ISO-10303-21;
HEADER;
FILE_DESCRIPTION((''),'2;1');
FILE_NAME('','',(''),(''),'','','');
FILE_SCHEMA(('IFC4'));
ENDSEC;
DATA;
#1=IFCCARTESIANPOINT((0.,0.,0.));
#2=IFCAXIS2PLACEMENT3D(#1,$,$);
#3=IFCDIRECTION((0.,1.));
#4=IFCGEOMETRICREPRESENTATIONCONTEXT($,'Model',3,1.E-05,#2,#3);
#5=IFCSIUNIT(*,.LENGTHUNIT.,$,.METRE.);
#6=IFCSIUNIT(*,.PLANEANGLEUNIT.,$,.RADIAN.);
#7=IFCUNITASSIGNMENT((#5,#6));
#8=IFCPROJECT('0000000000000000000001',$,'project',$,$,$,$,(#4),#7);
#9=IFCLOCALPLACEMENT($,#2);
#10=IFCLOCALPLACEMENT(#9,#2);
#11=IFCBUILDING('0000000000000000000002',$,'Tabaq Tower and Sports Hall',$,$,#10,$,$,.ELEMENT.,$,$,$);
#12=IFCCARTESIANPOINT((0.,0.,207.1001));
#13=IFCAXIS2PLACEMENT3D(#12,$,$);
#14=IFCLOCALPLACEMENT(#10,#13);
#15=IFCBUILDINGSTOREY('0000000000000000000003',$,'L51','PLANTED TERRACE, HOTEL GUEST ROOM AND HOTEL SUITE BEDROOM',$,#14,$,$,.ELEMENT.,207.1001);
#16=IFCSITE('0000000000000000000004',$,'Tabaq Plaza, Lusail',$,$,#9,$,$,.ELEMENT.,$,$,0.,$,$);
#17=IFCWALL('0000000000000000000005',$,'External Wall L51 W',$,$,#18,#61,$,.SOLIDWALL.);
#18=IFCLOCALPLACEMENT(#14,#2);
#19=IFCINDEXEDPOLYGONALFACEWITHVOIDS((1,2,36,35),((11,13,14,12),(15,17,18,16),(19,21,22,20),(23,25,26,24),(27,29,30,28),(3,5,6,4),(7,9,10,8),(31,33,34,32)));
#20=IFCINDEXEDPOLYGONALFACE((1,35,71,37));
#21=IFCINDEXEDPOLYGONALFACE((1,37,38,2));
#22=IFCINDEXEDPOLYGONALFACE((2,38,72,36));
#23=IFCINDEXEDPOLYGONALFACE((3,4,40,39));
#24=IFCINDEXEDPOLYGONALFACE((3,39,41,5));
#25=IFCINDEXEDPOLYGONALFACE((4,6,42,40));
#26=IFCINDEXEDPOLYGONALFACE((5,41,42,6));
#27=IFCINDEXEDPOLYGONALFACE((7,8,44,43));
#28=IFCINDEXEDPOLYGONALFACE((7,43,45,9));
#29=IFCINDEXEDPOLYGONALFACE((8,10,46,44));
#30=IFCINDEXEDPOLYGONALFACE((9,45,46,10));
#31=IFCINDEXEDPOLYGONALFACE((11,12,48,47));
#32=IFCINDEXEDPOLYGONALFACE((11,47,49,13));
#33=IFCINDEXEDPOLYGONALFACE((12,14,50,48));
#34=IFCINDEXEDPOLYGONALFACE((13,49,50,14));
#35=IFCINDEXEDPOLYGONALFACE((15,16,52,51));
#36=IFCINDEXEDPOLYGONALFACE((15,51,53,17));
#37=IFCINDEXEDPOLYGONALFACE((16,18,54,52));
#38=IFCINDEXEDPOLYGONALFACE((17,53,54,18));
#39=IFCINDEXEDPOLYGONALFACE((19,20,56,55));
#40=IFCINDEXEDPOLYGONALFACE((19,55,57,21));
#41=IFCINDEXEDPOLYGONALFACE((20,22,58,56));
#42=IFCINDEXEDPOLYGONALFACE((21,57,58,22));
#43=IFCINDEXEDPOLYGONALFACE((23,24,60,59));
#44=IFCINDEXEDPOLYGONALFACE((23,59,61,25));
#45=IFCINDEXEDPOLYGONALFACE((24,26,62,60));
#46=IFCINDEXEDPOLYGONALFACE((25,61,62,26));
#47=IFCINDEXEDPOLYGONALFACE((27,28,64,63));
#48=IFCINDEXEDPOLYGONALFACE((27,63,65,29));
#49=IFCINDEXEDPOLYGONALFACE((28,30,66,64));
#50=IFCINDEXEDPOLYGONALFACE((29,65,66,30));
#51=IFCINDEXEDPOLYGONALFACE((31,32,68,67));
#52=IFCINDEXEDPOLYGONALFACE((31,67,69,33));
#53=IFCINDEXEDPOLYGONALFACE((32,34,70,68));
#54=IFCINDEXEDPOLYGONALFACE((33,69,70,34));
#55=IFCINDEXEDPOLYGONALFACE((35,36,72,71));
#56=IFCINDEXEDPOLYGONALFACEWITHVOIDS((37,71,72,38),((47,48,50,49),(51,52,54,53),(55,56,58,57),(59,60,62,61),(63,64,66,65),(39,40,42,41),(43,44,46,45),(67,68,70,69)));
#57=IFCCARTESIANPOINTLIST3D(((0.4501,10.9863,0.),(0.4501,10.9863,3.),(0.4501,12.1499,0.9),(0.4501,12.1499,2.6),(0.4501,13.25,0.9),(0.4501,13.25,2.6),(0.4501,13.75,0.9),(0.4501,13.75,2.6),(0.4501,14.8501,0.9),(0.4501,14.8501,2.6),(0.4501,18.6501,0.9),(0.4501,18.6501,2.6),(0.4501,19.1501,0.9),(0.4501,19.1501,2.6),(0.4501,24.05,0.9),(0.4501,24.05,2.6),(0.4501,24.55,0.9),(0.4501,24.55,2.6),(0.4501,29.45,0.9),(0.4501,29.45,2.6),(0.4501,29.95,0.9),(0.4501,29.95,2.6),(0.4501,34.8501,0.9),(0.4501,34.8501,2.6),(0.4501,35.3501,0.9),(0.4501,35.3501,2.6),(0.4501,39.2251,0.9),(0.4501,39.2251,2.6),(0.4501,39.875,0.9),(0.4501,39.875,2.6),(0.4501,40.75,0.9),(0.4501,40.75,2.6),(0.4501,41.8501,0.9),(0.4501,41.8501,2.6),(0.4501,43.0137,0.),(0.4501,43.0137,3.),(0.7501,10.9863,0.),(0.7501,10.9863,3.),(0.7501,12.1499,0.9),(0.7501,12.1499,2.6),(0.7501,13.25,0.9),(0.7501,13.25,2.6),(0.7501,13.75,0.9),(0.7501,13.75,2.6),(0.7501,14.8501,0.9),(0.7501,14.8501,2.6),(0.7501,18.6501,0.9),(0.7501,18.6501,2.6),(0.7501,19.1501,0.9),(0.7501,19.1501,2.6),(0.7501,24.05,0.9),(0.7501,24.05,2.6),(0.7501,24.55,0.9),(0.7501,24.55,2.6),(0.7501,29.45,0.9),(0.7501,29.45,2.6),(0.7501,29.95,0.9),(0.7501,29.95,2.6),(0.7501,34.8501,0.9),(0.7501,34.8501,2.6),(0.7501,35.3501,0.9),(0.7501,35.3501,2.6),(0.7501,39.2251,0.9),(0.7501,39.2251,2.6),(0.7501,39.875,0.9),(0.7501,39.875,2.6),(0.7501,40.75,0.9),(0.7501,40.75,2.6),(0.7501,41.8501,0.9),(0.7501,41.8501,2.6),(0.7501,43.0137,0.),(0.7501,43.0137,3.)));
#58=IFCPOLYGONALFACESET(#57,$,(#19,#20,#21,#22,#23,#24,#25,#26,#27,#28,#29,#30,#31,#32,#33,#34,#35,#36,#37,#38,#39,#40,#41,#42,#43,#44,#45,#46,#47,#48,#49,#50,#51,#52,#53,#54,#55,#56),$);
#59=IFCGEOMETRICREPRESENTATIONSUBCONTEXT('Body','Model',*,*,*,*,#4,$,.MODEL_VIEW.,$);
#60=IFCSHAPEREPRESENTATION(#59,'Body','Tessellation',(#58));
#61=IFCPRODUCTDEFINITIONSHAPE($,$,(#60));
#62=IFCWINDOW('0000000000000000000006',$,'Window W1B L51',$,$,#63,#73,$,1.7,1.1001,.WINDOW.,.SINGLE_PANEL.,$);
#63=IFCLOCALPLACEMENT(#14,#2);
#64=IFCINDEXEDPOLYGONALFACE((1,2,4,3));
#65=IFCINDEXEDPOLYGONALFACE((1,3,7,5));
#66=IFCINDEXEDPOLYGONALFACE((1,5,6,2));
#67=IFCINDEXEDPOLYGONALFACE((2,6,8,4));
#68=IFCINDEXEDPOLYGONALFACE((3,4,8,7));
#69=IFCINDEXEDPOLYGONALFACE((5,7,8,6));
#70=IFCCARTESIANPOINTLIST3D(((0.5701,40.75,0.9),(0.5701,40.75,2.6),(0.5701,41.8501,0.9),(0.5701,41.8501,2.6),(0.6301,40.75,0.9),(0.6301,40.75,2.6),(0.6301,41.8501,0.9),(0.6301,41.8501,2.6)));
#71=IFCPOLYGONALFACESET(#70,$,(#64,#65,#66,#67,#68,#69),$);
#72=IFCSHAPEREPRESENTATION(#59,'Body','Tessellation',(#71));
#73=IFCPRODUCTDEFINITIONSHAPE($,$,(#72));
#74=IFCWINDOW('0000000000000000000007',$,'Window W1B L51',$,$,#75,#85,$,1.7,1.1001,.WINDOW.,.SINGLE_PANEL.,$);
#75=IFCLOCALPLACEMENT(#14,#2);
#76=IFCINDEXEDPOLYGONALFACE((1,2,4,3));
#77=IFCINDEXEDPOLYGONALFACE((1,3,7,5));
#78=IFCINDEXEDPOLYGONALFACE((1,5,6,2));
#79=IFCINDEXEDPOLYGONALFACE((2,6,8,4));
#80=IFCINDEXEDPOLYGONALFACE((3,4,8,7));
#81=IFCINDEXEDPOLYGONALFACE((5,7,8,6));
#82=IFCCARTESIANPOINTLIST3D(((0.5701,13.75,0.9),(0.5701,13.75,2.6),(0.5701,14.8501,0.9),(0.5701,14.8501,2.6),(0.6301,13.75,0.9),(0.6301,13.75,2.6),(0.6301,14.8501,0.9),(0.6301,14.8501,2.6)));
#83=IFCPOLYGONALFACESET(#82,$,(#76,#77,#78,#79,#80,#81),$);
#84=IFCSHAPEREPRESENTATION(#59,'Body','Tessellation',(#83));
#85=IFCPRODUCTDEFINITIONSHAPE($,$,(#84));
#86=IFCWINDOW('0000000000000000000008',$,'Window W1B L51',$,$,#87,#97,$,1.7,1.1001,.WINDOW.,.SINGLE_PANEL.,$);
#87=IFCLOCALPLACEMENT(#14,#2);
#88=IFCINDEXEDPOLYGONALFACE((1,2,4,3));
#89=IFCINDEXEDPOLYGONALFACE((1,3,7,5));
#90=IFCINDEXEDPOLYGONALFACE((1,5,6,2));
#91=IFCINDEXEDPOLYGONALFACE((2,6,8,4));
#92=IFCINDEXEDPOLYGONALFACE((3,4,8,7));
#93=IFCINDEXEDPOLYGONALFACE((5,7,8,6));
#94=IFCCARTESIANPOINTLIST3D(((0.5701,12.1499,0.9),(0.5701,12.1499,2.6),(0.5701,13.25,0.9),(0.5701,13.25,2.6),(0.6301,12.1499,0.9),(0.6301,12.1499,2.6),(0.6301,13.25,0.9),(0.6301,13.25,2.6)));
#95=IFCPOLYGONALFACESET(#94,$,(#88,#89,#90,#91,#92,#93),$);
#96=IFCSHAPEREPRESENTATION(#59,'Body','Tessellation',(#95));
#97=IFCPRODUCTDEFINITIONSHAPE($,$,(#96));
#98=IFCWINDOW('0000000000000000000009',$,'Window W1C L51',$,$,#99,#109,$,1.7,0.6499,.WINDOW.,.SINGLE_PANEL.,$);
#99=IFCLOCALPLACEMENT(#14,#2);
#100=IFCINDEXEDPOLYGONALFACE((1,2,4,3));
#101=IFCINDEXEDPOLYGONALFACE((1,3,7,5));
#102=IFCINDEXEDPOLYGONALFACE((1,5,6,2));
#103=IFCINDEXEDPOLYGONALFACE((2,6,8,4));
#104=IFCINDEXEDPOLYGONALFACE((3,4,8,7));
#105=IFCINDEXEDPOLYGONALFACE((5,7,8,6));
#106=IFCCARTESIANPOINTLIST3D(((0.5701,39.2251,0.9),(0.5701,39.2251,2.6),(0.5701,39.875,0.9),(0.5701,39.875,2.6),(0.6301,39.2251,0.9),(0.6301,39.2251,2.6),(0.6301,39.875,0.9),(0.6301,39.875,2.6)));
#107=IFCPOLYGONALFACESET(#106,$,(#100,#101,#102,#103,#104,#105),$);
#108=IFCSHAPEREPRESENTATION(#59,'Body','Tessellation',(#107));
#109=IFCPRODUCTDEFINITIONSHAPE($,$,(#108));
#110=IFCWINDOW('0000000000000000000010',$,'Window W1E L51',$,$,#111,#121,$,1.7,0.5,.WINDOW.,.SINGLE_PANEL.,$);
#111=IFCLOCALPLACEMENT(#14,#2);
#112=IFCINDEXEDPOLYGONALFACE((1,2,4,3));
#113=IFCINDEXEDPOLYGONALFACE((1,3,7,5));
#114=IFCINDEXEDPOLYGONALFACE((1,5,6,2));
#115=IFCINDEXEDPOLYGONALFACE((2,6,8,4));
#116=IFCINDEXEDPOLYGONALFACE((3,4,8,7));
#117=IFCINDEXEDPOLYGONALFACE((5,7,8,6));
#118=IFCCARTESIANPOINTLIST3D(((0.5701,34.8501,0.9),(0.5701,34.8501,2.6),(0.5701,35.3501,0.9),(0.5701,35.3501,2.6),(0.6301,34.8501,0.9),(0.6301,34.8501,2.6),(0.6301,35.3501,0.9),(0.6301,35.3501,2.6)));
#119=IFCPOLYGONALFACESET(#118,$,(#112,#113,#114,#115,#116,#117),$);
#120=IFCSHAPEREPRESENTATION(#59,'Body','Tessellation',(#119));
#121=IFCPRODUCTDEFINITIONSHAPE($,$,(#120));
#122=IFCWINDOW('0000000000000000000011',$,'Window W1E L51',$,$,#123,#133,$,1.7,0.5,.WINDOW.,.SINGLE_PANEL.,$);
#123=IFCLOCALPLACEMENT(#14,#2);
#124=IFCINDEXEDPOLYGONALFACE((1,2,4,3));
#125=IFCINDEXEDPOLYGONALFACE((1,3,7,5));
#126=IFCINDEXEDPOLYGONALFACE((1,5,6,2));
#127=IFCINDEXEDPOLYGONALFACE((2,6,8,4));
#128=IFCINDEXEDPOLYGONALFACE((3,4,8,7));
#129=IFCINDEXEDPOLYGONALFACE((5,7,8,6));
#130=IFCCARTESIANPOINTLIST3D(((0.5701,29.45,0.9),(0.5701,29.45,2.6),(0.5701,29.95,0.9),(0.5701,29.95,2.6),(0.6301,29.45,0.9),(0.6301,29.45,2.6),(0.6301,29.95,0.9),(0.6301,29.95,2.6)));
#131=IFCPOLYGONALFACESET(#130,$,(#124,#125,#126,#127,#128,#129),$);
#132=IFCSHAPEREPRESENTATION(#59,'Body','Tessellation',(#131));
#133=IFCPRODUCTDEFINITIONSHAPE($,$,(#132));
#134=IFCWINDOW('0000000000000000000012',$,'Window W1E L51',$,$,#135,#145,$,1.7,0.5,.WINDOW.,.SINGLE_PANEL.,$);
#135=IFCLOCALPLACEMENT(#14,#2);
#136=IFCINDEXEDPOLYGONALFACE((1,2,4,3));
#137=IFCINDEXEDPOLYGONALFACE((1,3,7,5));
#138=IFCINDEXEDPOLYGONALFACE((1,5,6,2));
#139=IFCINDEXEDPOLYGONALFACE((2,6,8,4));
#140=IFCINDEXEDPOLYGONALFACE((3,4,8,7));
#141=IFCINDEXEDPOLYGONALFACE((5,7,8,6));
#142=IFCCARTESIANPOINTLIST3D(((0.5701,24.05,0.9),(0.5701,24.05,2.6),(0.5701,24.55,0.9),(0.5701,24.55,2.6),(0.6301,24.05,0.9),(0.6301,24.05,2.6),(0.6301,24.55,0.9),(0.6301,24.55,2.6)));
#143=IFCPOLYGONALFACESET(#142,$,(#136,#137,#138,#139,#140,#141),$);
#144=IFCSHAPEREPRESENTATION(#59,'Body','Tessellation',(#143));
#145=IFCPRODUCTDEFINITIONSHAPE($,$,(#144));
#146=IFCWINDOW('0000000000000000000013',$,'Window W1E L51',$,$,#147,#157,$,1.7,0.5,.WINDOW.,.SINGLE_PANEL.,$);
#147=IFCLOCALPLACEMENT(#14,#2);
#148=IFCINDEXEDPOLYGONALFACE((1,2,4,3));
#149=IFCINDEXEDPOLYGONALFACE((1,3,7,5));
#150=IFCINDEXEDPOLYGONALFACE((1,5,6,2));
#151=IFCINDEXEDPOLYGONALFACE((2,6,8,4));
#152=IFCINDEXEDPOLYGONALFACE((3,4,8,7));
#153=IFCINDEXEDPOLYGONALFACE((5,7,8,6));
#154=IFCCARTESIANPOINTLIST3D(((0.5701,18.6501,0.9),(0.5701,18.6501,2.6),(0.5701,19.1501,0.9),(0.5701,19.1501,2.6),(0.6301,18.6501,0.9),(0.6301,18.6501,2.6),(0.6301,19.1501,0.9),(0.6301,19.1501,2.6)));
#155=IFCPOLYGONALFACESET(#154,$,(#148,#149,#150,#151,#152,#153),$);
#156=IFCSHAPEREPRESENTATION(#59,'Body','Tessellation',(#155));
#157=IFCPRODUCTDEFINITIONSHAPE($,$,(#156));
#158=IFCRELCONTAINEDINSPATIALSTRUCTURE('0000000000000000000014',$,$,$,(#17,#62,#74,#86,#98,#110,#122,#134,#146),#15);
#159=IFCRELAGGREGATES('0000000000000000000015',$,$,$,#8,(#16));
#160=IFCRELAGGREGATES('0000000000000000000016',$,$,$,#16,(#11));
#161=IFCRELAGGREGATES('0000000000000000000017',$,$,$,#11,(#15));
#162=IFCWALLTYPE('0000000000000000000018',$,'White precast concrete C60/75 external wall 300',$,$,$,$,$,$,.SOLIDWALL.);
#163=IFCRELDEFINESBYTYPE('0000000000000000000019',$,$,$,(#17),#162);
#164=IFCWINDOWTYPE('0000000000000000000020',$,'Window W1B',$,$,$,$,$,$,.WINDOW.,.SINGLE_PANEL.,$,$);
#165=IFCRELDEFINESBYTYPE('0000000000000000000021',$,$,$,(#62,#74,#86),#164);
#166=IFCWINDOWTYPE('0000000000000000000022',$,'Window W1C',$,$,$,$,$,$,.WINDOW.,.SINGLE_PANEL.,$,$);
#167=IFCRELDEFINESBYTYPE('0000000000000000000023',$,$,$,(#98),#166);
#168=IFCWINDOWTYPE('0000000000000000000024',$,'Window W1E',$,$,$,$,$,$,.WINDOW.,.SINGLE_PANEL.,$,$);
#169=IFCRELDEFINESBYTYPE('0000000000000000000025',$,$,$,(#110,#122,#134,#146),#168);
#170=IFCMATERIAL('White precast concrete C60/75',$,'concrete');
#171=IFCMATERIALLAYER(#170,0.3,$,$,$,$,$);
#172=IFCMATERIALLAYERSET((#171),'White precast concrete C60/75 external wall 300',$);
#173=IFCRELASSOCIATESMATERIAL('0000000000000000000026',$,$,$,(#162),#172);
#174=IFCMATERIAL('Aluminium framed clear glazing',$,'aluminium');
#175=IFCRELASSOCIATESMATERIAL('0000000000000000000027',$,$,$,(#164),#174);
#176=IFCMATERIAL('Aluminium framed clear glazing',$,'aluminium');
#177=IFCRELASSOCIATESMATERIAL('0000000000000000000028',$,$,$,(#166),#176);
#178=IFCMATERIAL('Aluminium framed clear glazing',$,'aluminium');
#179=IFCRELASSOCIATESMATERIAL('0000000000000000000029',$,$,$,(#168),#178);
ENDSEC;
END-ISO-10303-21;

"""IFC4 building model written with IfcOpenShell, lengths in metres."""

from ifc_helpers import new_model, si_unit, direction, frame, frame_2d, origin, place, context, subcontext, project, spatial, rectangle, extrude, material, layer, layer_set, type_object, element, fill, save


model = new_model("IFC4")

# Units and contexts
model_context = context("Model", 3, precision=1e-05, world=origin(), true_north=direction((0.0, 1.0)))
body_context = subcontext(model_context, "Body", "Model", "MODEL_VIEW")
ifc_project = project(units=[si_unit("LENGTHUNIT", "METRE"), si_unit("PLANEANGLEUNIT", "RADIAN")], contexts=[model_context])

# Site, building, storey
site_placement = place(None, origin())
site = spatial("IfcSite", under=ifc_project, at=site_placement, Name="Tabaq Plaza, Lusail", CompositionType="ELEMENT", RefElevation=0.0)
building_placement = place(site_placement, origin())
building = spatial("IfcBuilding", under=site, at=building_placement, Name="Tabaq Tower and Sports Hall", CompositionType="ELEMENT")
storey_placement = place(building_placement, frame((0.0, 0.0, 207.1001)))
storey = spatial("IfcBuildingStorey", under=building, at=storey_placement, Name="L51", Description="PLANTED TERRACE, HOTEL GUEST ROOM AND HOTEL SUITE BEDROOM", CompositionType="ELEMENT", Elevation=207.1001)

# Wall, openings, windows
ifc_material_1 = material(Name="White precast concrete C60/75", Category="concrete")
ifc_layer_1 = layer(ifc_material_1, 0.3)
ifc_layer_set_1 = layer_set([ifc_layer_1], Name="White precast concrete C60/75 external wall 300")
wall_type_1 = type_object("IfcWallType", Name="White precast concrete C60/75 external wall 300", PredefinedType="SOLIDWALL", material=ifc_layer_set_1)
wall_1_placement = place(storey_placement, frame((0.6001, 43.0137, 0.0), z_axis=(0.0, 0.0, 1.0), x_axis=(0.0, -1.0, 0.0)))
wall_1 = element("IfcWall", 1, at=wall_1_placement, inside=storey, type_object=wall_type_1, Name="External Wall L51 W", PredefinedType="SOLIDWALL", context=body_context, shape_type="SweptSolid", body=[
    extrude(rectangle(XDim=32.0273, YDim=0.3, at=frame_2d((16.0137, 0.0))), origin(), (0.0, 0.0, 1.0), 3.0),
])
opening_1_placement = place(wall_1_placement, frame((1.1636, 0.0, 0.8999)))
opening_1 = element("IfcOpeningElement", 2, at=opening_1_placement, cuts=wall_1, PredefinedType="OPENING", context=body_context, shape_type="SweptSolid", body=[
    extrude(rectangle(XDim=1.1001, YDim=1.7, at=frame_2d((0.55, 0.8501))), frame((0.0, 0.1602, 0.0), z_axis=(0.0, -1.0, 0.0), x_axis=(1.0, 0.0, 0.0)), (0.0, 0.0, 1.0), 0.3201),
])
opening_2_placement = place(wall_1_placement, frame((3.1387, 0.0, 0.8999)))
opening_2 = element("IfcOpeningElement", 3, at=opening_2_placement, cuts=wall_1, PredefinedType="OPENING", context=body_context, shape_type="SweptSolid", body=[
    extrude(rectangle(XDim=0.6499, YDim=1.7, at=frame_2d((0.325, 0.8501))), frame((0.0, 0.1602, 0.0), z_axis=(0.0, -1.0, 0.0), x_axis=(1.0, 0.0, 0.0)), (0.0, 0.0, 1.0), 0.3201),
])
opening_3_placement = place(wall_1_placement, frame((7.6636, 0.0, 0.8999)))
opening_3 = element("IfcOpeningElement", 4, at=opening_3_placement, cuts=wall_1, PredefinedType="OPENING", context=body_context, shape_type="SweptSolid", body=[
    extrude(rectangle(XDim=0.5, YDim=1.7, at=frame_2d((0.25, 0.8501))), frame((0.0, 0.1602, 0.0), z_axis=(0.0, -1.0, 0.0), x_axis=(1.0, 0.0, 0.0)), (0.0, 0.0, 1.0), 0.3201),
])
opening_4_placement = place(wall_1_placement, frame((13.0637, 0.0, 0.8999)))
opening_4 = element("IfcOpeningElement", 5, at=opening_4_placement, cuts=wall_1, PredefinedType="OPENING", context=body_context, shape_type="SweptSolid", body=[
    extrude(rectangle(XDim=0.5, YDim=1.7, at=frame_2d((0.25, 0.8501))), frame((0.0, 0.1602, 0.0), z_axis=(0.0, -1.0, 0.0), x_axis=(1.0, 0.0, 0.0)), (0.0, 0.0, 1.0), 0.3201),
])
opening_5_placement = place(wall_1_placement, frame((18.4636, 0.0, 0.8999)))
opening_5 = element("IfcOpeningElement", 6, at=opening_5_placement, cuts=wall_1, PredefinedType="OPENING", context=body_context, shape_type="SweptSolid", body=[
    extrude(rectangle(XDim=0.5, YDim=1.7, at=frame_2d((0.25, 0.8501))), frame((0.0, 0.1602, 0.0), z_axis=(0.0, -1.0, 0.0), x_axis=(1.0, 0.0, 0.0)), (0.0, 0.0, 1.0), 0.3201),
])
opening_6_placement = place(wall_1_placement, frame((23.8635, 0.0, 0.8999)))
opening_6 = element("IfcOpeningElement", 7, at=opening_6_placement, cuts=wall_1, PredefinedType="OPENING", context=body_context, shape_type="SweptSolid", body=[
    extrude(rectangle(XDim=0.5, YDim=1.7, at=frame_2d((0.25, 0.8501))), frame((0.0, 0.1602, 0.0), z_axis=(0.0, -1.0, 0.0), x_axis=(1.0, 0.0, 0.0)), (0.0, 0.0, 1.0), 0.3201),
])
opening_7_placement = place(wall_1_placement, frame((28.1636, 0.0, 0.8999)))
opening_7 = element("IfcOpeningElement", 8, at=opening_7_placement, cuts=wall_1, PredefinedType="OPENING", context=body_context, shape_type="SweptSolid", body=[
    extrude(rectangle(XDim=1.1001, YDim=1.7, at=frame_2d((0.55, 0.8501))), frame((0.0, 0.1602, 0.0), z_axis=(0.0, -1.0, 0.0), x_axis=(1.0, 0.0, 0.0)), (0.0, 0.0, 1.0), 0.3201),
])
opening_8_placement = place(wall_1_placement, frame((29.7637, 0.0, 0.8999)))
opening_8 = element("IfcOpeningElement", 9, at=opening_8_placement, cuts=wall_1, PredefinedType="OPENING", context=body_context, shape_type="SweptSolid", body=[
    extrude(rectangle(XDim=1.1001, YDim=1.7, at=frame_2d((0.55, 0.8501))), frame((0.0, 0.1602, 0.0), z_axis=(0.0, -1.0, 0.0), x_axis=(1.0, 0.0, 0.0)), (0.0, 0.0, 1.0), 0.3201),
])
ifc_material_2 = material(Name="Aluminium framed clear glazing", Category="aluminium")
window_type_1 = type_object("IfcWindowType", Name="Window W1B", PartitioningType="SINGLE_PANEL", PredefinedType="WINDOW", material=ifc_material_2)
window_1_placement = place(opening_1_placement, origin())
window_1 = element("IfcWindow", 10, at=window_1_placement, inside=storey, type_object=window_type_1, Name="Window W1B L51", OverallHeight=1.7, OverallWidth=1.1001, PartitioningType="SINGLE_PANEL", PredefinedType="WINDOW", context=body_context, shape_type="SweptSolid", body=[
    extrude(rectangle(XDim=1.1001, YDim=1.7, at=frame_2d((0.55, 0.8501))), frame((0.0, 0.03, 0.0), z_axis=(0.0, -1.0, 0.0), x_axis=(1.0, 0.0, 0.0)), (0.0, 0.0, 1.0), 0.0601),
])
fill(opening_1, window_1)
window_2_placement = place(opening_7_placement, origin())
window_2 = element("IfcWindow", 11, at=window_2_placement, inside=storey, type_object=window_type_1, Name="Window W1B L51", OverallHeight=1.7, OverallWidth=1.1001, PartitioningType="SINGLE_PANEL", PredefinedType="WINDOW", context=body_context, shape_type="SweptSolid", body=[
    extrude(rectangle(XDim=1.1001, YDim=1.7, at=frame_2d((0.55, 0.8501))), frame((0.0, 0.03, 0.0), z_axis=(0.0, -1.0, 0.0), x_axis=(1.0, 0.0, 0.0)), (0.0, 0.0, 1.0), 0.0601),
])
fill(opening_7, window_2)
window_3_placement = place(opening_8_placement, origin())
window_3 = element("IfcWindow", 12, at=window_3_placement, inside=storey, type_object=window_type_1, Name="Window W1B L51", OverallHeight=1.7, OverallWidth=1.1001, PartitioningType="SINGLE_PANEL", PredefinedType="WINDOW", context=body_context, shape_type="SweptSolid", body=[
    extrude(rectangle(XDim=1.1001, YDim=1.7, at=frame_2d((0.55, 0.8501))), frame((0.0, 0.03, 0.0), z_axis=(0.0, -1.0, 0.0), x_axis=(1.0, 0.0, 0.0)), (0.0, 0.0, 1.0), 0.0601),
])
fill(opening_8, window_3)
ifc_material_3 = material(Name="Aluminium framed clear glazing", Category="aluminium")
window_type_2 = type_object("IfcWindowType", Name="Window W1C", PartitioningType="SINGLE_PANEL", PredefinedType="WINDOW", material=ifc_material_3)
window_4_placement = place(opening_2_placement, origin())
window_4 = element("IfcWindow", 13, at=window_4_placement, inside=storey, type_object=window_type_2, Name="Window W1C L51", OverallHeight=1.7, OverallWidth=0.6499, PartitioningType="SINGLE_PANEL", PredefinedType="WINDOW", context=body_context, shape_type="SweptSolid", body=[
    extrude(rectangle(XDim=0.6499, YDim=1.7, at=frame_2d((0.325, 0.8501))), frame((0.0, 0.03, 0.0), z_axis=(0.0, -1.0, 0.0), x_axis=(1.0, 0.0, 0.0)), (0.0, 0.0, 1.0), 0.0601),
])
fill(opening_2, window_4)
ifc_material_4 = material(Name="Aluminium framed clear glazing", Category="aluminium")
window_type_3 = type_object("IfcWindowType", Name="Window W1E", PartitioningType="SINGLE_PANEL", PredefinedType="WINDOW", material=ifc_material_4)
window_5_placement = place(opening_3_placement, origin())
window_5 = element("IfcWindow", 14, at=window_5_placement, inside=storey, type_object=window_type_3, Name="Window W1E L51", OverallHeight=1.7, OverallWidth=0.5, PartitioningType="SINGLE_PANEL", PredefinedType="WINDOW", context=body_context, shape_type="SweptSolid", body=[
    extrude(rectangle(XDim=0.5, YDim=1.7, at=frame_2d((0.25, 0.8501))), frame((0.0, 0.03, 0.0), z_axis=(0.0, -1.0, 0.0), x_axis=(1.0, 0.0, 0.0)), (0.0, 0.0, 1.0), 0.0601),
])
fill(opening_3, window_5)
window_6_placement = place(opening_4_placement, origin())
window_6 = element("IfcWindow", 15, at=window_6_placement, inside=storey, type_object=window_type_3, Name="Window W1E L51", OverallHeight=1.7, OverallWidth=0.5, PartitioningType="SINGLE_PANEL", PredefinedType="WINDOW", context=body_context, shape_type="SweptSolid", body=[
    extrude(rectangle(XDim=0.5, YDim=1.7, at=frame_2d((0.25, 0.8501))), frame((0.0, 0.03, 0.0), z_axis=(0.0, -1.0, 0.0), x_axis=(1.0, 0.0, 0.0)), (0.0, 0.0, 1.0), 0.0601),
])
fill(opening_4, window_6)
window_7_placement = place(opening_5_placement, origin())
window_7 = element("IfcWindow", 16, at=window_7_placement, inside=storey, type_object=window_type_3, Name="Window W1E L51", OverallHeight=1.7, OverallWidth=0.5, PartitioningType="SINGLE_PANEL", PredefinedType="WINDOW", context=body_context, shape_type="SweptSolid", body=[
    extrude(rectangle(XDim=0.5, YDim=1.7, at=frame_2d((0.25, 0.8501))), frame((0.0, 0.03, 0.0), z_axis=(0.0, -1.0, 0.0), x_axis=(1.0, 0.0, 0.0)), (0.0, 0.0, 1.0), 0.0601),
])
fill(opening_5, window_7)
window_8_placement = place(opening_6_placement, origin())
window_8 = element("IfcWindow", 17, at=window_8_placement, inside=storey, type_object=window_type_3, Name="Window W1E L51", OverallHeight=1.7, OverallWidth=0.5, PartitioningType="SINGLE_PANEL", PredefinedType="WINDOW", context=body_context, shape_type="SweptSolid", body=[
    extrude(rectangle(XDim=0.5, YDim=1.7, at=frame_2d((0.25, 0.8501))), frame((0.0, 0.03, 0.0), z_axis=(0.0, -1.0, 0.0), x_axis=(1.0, 0.0, 0.0)), (0.0, 0.0, 1.0), 0.0601),
])
fill(opening_6, window_8)

save(model, "model.ifc")
